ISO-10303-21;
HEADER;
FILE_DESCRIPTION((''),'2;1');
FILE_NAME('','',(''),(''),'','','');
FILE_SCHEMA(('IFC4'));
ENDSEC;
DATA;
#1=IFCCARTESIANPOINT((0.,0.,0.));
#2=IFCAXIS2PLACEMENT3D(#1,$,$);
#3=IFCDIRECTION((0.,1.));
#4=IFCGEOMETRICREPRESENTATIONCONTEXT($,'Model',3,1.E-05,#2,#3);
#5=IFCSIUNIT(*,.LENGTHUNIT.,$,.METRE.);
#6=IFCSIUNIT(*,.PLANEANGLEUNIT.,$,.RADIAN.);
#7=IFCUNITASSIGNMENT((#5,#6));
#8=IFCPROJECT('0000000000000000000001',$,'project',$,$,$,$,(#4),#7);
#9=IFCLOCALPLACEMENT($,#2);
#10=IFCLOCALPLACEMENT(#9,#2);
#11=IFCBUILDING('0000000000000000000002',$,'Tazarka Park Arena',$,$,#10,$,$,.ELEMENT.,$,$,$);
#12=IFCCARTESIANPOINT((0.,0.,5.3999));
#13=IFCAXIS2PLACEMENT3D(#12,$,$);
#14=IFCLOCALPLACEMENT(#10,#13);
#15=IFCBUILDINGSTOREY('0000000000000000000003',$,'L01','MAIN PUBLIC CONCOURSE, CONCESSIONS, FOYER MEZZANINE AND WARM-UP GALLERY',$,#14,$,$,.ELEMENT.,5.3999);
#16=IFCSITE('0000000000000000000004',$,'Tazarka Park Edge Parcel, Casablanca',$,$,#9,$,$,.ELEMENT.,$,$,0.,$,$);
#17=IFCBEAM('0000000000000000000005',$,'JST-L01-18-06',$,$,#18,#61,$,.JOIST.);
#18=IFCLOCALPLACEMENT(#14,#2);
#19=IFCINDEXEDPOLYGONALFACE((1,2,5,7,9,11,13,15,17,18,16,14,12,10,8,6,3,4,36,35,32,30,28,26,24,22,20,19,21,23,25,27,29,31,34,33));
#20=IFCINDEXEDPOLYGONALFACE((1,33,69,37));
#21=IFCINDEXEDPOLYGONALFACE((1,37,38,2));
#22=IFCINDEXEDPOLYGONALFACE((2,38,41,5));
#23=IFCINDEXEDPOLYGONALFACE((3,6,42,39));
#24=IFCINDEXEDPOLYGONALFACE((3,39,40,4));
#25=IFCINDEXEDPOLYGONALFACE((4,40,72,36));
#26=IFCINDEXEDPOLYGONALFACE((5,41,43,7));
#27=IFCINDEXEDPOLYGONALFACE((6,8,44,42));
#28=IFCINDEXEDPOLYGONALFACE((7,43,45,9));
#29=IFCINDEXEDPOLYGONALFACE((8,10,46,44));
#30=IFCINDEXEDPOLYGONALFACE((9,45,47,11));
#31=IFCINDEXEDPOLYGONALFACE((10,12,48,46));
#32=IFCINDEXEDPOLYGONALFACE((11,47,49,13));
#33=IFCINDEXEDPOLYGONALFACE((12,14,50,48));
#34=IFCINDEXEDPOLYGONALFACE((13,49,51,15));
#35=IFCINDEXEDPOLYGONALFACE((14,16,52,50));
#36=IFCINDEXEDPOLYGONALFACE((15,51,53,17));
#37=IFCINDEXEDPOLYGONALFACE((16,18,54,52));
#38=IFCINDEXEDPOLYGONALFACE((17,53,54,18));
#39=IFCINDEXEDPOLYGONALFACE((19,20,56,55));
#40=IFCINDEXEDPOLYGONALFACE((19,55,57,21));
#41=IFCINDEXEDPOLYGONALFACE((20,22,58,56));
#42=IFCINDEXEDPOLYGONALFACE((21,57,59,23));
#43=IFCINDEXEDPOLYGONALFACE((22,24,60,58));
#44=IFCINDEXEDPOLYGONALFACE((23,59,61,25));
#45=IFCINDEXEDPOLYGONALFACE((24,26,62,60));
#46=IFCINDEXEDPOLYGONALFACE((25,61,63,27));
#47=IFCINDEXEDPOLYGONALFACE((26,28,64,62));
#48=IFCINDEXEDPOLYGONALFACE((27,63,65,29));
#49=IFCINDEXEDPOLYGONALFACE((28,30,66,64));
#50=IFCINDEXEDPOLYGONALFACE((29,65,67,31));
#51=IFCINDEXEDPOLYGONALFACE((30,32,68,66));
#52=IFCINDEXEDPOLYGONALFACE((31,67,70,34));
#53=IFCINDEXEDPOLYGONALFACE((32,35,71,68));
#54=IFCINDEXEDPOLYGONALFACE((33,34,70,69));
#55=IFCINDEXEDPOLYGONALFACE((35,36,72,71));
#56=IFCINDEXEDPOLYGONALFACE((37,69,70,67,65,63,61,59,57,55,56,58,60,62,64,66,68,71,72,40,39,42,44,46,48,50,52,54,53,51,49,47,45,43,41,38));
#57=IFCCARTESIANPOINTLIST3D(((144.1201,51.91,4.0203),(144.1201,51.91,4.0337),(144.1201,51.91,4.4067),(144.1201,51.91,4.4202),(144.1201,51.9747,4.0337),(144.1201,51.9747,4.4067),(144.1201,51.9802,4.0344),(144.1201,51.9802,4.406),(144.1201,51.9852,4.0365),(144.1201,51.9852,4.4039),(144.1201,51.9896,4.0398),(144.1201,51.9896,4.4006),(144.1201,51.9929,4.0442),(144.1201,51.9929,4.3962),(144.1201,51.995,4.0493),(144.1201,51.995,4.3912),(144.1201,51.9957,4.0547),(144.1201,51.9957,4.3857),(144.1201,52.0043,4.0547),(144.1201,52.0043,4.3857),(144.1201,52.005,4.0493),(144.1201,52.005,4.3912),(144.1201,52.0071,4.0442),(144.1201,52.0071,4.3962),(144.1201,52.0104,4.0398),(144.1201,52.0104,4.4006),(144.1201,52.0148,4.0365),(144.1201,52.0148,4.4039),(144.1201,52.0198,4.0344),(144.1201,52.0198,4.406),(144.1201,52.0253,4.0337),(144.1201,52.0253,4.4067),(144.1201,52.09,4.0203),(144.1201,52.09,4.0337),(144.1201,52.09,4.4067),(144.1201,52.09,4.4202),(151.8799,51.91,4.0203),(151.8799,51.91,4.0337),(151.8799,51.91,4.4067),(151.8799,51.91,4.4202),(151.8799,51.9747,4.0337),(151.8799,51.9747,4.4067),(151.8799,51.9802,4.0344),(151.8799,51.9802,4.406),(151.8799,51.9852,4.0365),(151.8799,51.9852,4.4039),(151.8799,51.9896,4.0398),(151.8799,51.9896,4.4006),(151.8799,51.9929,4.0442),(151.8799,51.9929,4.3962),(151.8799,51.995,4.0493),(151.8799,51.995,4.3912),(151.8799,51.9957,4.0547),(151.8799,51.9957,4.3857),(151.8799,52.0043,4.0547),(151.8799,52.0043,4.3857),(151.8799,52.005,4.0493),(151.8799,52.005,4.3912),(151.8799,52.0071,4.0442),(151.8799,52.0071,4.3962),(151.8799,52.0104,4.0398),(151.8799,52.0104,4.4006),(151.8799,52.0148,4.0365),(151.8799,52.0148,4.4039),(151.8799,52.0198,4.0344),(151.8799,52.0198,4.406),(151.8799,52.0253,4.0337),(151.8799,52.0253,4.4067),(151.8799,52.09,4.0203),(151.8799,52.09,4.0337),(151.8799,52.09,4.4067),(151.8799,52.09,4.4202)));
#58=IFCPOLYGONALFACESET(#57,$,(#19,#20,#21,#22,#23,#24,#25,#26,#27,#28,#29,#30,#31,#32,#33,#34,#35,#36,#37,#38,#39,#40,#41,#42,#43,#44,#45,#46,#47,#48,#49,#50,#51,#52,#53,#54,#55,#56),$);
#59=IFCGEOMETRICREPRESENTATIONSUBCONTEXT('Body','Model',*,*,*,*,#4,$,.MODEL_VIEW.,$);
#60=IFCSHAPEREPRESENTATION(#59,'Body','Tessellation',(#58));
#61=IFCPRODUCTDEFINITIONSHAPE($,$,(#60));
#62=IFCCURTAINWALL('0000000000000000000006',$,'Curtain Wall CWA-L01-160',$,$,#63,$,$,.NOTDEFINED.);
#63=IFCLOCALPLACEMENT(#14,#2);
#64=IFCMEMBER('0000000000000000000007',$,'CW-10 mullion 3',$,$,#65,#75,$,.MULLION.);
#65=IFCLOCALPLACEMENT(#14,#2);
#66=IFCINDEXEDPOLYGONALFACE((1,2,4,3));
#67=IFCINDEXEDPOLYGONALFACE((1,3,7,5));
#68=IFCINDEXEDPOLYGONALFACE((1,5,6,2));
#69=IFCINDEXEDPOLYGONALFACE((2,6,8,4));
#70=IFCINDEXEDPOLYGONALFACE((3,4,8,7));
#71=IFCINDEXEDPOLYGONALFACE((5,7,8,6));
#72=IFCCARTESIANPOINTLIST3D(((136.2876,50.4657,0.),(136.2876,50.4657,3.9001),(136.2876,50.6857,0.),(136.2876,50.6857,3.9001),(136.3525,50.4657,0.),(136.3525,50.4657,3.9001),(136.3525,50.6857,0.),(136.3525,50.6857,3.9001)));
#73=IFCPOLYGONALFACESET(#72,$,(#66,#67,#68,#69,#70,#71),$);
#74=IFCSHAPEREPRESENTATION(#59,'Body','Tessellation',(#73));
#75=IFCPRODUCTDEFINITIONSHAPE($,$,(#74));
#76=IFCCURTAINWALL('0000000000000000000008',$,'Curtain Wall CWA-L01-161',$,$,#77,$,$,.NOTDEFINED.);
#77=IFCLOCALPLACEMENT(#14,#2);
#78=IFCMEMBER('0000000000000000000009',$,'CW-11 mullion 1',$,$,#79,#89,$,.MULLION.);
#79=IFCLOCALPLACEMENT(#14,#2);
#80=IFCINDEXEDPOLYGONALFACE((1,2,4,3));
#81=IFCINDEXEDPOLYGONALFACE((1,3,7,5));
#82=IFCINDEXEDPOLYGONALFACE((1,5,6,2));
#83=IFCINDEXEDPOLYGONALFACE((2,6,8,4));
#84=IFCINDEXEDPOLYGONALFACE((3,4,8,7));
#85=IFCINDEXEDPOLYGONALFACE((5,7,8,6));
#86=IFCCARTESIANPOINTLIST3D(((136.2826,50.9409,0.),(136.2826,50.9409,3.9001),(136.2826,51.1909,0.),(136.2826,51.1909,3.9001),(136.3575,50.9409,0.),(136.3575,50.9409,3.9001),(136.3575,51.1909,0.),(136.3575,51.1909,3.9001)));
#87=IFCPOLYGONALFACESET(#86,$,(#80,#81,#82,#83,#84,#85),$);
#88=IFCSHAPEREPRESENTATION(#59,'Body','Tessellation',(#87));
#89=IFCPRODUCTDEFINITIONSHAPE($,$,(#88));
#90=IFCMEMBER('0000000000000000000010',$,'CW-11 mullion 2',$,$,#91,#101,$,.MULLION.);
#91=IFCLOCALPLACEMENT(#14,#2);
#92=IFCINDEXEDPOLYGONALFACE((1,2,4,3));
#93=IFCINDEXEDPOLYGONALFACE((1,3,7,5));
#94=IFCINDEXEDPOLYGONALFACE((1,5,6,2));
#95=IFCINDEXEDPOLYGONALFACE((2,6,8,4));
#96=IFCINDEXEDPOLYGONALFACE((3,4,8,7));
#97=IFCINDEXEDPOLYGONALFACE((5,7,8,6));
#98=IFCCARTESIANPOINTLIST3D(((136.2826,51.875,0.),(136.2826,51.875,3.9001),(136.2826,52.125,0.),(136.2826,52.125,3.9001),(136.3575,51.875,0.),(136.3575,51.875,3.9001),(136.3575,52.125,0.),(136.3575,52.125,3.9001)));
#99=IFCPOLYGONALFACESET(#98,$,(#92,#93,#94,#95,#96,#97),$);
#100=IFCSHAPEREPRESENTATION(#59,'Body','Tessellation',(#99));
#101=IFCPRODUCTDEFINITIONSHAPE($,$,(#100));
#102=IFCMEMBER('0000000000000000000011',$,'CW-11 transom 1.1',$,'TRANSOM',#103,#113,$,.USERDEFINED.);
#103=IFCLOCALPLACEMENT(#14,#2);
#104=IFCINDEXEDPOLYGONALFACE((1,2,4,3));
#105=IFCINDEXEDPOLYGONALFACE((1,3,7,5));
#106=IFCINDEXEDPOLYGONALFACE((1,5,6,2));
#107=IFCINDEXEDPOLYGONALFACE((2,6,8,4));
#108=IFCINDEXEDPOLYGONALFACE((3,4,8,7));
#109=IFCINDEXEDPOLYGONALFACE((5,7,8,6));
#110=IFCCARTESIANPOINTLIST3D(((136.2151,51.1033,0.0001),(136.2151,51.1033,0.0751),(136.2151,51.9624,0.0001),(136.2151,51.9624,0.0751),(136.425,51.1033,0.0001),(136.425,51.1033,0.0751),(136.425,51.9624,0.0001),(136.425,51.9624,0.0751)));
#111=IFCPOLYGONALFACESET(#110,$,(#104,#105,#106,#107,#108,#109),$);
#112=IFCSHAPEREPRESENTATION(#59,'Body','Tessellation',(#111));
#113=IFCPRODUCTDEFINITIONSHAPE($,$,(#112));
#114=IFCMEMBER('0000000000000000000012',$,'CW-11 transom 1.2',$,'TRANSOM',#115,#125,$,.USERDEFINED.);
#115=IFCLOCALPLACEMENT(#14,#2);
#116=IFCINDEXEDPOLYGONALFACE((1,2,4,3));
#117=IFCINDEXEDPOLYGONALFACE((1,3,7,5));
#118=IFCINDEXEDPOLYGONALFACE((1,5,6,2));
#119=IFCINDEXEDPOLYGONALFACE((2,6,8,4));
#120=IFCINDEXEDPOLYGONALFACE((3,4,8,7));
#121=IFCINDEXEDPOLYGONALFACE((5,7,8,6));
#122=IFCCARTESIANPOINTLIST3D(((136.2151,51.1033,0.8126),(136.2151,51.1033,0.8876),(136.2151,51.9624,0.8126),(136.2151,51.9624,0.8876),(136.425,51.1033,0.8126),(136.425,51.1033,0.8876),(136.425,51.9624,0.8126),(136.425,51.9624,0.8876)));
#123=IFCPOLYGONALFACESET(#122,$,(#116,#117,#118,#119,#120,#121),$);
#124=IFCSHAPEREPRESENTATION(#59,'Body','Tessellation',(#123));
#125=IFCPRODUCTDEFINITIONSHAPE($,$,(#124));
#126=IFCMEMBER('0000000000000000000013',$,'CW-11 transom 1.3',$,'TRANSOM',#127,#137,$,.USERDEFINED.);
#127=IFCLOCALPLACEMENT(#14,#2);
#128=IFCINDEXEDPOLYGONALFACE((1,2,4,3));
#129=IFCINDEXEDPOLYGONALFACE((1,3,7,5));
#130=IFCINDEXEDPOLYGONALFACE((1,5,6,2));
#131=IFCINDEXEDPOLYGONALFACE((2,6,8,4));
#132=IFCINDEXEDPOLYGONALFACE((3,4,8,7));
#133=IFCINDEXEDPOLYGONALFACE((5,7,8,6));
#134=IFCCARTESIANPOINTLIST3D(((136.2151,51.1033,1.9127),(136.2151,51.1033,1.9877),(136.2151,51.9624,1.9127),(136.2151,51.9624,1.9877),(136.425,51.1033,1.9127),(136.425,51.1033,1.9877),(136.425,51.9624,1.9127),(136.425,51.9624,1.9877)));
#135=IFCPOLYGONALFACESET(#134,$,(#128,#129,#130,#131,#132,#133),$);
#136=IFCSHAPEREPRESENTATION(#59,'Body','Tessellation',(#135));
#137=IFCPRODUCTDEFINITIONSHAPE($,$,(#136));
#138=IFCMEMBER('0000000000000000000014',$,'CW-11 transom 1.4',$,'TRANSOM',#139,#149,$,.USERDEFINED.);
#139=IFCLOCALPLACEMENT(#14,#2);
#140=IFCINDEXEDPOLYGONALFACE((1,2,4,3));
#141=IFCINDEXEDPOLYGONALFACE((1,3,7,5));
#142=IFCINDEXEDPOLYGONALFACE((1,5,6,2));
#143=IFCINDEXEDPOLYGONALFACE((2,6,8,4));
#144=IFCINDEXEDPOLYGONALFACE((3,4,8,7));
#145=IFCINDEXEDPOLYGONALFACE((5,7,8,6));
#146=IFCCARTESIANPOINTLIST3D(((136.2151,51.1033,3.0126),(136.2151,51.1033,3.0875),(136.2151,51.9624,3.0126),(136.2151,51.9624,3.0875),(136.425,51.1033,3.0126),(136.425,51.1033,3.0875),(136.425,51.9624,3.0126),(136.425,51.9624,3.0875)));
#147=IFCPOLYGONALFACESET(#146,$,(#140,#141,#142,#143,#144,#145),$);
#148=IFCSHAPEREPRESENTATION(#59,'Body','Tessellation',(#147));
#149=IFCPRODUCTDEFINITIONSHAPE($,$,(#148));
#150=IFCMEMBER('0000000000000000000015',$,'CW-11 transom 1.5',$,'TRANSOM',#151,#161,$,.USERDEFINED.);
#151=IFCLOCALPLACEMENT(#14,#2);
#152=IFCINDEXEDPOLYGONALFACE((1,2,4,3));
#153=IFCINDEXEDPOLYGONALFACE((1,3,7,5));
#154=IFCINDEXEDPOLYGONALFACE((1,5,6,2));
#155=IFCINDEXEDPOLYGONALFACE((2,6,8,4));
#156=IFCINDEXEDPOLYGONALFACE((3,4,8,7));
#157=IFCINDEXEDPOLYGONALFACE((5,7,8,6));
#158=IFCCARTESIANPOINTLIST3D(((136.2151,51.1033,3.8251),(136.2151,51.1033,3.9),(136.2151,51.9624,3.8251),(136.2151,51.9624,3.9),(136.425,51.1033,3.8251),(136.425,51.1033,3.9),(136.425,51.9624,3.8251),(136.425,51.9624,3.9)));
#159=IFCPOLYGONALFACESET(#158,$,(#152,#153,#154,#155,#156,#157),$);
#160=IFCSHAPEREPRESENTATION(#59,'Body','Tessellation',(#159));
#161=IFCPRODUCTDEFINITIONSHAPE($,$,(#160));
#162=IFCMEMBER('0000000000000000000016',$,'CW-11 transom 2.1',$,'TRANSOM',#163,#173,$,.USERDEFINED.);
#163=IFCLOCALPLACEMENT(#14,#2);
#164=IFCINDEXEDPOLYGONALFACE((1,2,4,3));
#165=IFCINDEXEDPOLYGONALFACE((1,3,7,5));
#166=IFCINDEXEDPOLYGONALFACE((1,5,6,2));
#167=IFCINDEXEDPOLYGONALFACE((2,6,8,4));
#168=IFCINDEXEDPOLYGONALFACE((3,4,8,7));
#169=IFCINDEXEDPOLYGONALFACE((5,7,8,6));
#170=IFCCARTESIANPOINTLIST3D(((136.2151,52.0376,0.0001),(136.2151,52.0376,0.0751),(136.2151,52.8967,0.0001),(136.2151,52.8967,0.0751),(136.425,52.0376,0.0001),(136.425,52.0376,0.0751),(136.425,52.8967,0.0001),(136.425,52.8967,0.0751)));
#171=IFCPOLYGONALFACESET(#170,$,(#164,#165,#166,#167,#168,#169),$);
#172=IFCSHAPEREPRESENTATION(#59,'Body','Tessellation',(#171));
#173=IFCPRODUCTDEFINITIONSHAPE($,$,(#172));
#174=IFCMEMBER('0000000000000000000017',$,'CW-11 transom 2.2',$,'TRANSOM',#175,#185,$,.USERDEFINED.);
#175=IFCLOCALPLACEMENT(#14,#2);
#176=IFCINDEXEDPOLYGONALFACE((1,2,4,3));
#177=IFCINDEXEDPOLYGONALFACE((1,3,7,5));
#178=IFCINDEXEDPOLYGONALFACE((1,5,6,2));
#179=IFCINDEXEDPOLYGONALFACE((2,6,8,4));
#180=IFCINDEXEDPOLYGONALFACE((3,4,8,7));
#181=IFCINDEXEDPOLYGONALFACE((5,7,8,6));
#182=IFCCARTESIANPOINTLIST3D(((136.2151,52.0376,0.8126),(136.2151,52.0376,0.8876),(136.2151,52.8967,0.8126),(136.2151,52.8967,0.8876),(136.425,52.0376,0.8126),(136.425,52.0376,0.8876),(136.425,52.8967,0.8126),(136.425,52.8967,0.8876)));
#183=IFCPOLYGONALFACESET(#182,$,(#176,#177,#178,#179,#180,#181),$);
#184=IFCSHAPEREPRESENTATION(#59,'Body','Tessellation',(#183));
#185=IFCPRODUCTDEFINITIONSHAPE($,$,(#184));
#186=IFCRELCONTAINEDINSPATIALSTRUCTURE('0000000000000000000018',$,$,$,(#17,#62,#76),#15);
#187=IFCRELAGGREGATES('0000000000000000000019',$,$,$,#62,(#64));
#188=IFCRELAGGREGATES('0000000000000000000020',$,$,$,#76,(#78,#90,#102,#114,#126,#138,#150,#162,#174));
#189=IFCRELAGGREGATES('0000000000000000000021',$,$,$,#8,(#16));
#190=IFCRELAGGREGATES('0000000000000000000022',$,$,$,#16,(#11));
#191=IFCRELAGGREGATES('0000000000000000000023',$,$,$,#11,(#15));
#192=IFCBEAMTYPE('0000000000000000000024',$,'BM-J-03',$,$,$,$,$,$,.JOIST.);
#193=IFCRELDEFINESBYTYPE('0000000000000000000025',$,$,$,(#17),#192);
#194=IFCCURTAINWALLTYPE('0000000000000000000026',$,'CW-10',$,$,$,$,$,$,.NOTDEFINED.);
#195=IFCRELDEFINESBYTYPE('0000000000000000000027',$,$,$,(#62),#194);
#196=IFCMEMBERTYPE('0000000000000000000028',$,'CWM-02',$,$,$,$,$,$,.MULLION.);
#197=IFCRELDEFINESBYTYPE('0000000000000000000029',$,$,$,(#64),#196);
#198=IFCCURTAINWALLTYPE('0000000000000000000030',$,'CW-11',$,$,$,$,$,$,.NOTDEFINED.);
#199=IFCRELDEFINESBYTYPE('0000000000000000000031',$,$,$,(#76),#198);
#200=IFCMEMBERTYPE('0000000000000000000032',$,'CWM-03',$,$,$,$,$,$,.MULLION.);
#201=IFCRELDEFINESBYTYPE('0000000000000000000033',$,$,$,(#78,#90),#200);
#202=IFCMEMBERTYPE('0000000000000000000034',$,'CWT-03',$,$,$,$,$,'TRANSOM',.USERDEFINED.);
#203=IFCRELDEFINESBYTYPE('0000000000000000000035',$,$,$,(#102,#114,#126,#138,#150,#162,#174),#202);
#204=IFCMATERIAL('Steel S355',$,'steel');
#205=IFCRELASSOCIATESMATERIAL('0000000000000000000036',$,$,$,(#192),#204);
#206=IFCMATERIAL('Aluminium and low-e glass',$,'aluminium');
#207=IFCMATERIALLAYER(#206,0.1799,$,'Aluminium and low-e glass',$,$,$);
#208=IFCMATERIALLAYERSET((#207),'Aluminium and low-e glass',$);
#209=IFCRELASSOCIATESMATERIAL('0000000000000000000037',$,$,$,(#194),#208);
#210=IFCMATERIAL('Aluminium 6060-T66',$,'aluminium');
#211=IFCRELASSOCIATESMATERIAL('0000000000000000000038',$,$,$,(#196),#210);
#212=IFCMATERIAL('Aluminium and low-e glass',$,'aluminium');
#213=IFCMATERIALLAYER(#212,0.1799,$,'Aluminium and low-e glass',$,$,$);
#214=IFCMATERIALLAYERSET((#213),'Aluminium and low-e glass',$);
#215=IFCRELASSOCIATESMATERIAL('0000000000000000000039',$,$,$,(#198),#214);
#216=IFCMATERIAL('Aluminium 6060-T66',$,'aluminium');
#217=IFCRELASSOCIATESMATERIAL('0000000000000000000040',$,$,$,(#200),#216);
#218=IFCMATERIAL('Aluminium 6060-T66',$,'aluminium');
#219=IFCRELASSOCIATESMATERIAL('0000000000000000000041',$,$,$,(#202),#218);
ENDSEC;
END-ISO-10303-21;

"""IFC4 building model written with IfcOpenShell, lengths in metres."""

from ifc_helpers import new_model, si_unit, direction, frame, origin, origin_2d, place, context, subcontext, project, spatial, rectangle, i_section, extrude, material, layer, layer_set, material_profile, profile_set, type_object, element, aggregate, save


model = new_model("IFC4")

# Units and contexts
model_context = context("Model", 3, precision=1e-05, world=origin(), true_north=direction((0.0, 1.0)))
body_context = subcontext(model_context, "Body", "Model", "MODEL_VIEW")
ifc_project = project(units=[si_unit("LENGTHUNIT", "METRE"), si_unit("PLANEANGLEUNIT", "RADIAN")], contexts=[model_context])

# Site, building, storey
site_placement = place(None, origin())
site = spatial("IfcSite", under=ifc_project, at=site_placement, Name="Tazarka Park Edge Parcel, Casablanca", CompositionType="ELEMENT", RefElevation=0.0)
building_placement = place(site_placement, origin())
building = spatial("IfcBuilding", under=site, at=building_placement, Name="Tazarka Park Arena", CompositionType="ELEMENT")
storey_placement = place(building_placement, frame((0.0, 0.0, 5.3999)))
storey = spatial("IfcBuildingStorey", under=building, at=storey_placement, Name="L01", Description="MAIN PUBLIC CONCOURSE, CONCESSIONS, FOYER MEZZANINE AND WARM-UP GALLERY", CompositionType="ELEMENT", Elevation=5.3999)

# Beam
ifc_material_1 = material(Name="Steel S355", Category="steel")
ifc_material_profile_1 = material_profile(ifc_material_1, i_section(OverallWidth=0.1799, OverallDepth=0.3999, WebThickness=0.0085, FlangeThickness=0.0134, FilletRadius=0.021, at=origin_2d()), Name="Steel S355")
ifc_profile_set_1 = profile_set([ifc_material_profile_1], Name="Steel S355")
beam_type = type_object("IfcBeamType", Name="BM-J-03", PredefinedType="JOIST", material=ifc_profile_set_1)
beam_placement = place(storey_placement, frame((144.1201, 52.0, 4.2202), z_axis=(1.0, 0.0, 0.0), x_axis=(0.0, 1.0, 0.0)))
element("IfcBeam", 1, at=beam_placement, inside=storey, type_object=beam_type, Name="JST-L01-18-06", PredefinedType="JOIST", context=body_context, shape_type="SweptSolid", body=[
    extrude(i_section(OverallWidth=0.1799, OverallDepth=0.3999, WebThickness=0.0085, FlangeThickness=0.0134, FilletRadius=0.021, at=origin_2d()), origin(), (0.0, 0.0, 1.0), 7.7598),
])

# Curtain wall, member
ifc_material_2 = material(Name="Aluminium and low-e glass", Category="aluminium")
ifc_layer_1 = layer(ifc_material_2, 0.1799, Name="Aluminium and low-e glass")
ifc_layer_set_1 = layer_set([ifc_layer_1], Name="Aluminium and low-e glass")
curtain_wall_type_1 = type_object("IfcCurtainWallType", Name="CW-10", PredefinedType="NOTDEFINED", material=ifc_layer_set_1)
curtain_wall_1_placement = place(storey_placement, origin())
curtain_wall_1 = element("IfcCurtainWall", 2, at=curtain_wall_1_placement, inside=storey, type_object=curtain_wall_type_1, Name="Curtain Wall CWA-L01-160", PredefinedType="NOTDEFINED")
ifc_material_3 = material(Name="Aluminium 6060-T66", Category="aluminium")
ifc_material_profile_2 = material_profile(ifc_material_3, rectangle(XDim=0.0649, YDim=0.22, at=origin_2d()), Name="Aluminium 6060-T66")
ifc_profile_set_2 = profile_set([ifc_material_profile_2], Name="Aluminium 6060-T66")
member_type_1 = type_object("IfcMemberType", Name="CWM-02", PredefinedType="MULLION", material=ifc_profile_set_2)
member_1_placement = place(storey_placement, frame((136.3201, 50.5757, 0.0), z_axis=(0.0, 0.0, 1.0), x_axis=(-1.0, 0.0, 0.0)))
member_1 = element("IfcMember", 3, at=member_1_placement, type_object=member_type_1, Name="CW-10 mullion 3", PredefinedType="MULLION", context=body_context, shape_type="SweptSolid", body=[
    extrude(rectangle(XDim=0.0649, YDim=0.22, at=origin_2d()), origin(), (0.0, 0.0, 1.0), 3.9001),
])

# Curtain wall, members
ifc_material_4 = material(Name="Aluminium and low-e glass", Category="aluminium")
ifc_layer_2 = layer(ifc_material_4, 0.1799, Name="Aluminium and low-e glass")
ifc_layer_set_2 = layer_set([ifc_layer_2], Name="Aluminium and low-e glass")
curtain_wall_type_2 = type_object("IfcCurtainWallType", Name="CW-11", PredefinedType="NOTDEFINED", material=ifc_layer_set_2)
curtain_wall_2_placement = place(storey_placement, origin())
curtain_wall_2 = element("IfcCurtainWall", 4, at=curtain_wall_2_placement, inside=storey, type_object=curtain_wall_type_2, Name="Curtain Wall CWA-L01-161", PredefinedType="NOTDEFINED")
ifc_material_5 = material(Name="Aluminium 6060-T66", Category="aluminium")
ifc_material_profile_3 = material_profile(ifc_material_5, rectangle(XDim=0.075, YDim=0.25, at=origin_2d()), Name="Aluminium 6060-T66")
ifc_profile_set_3 = profile_set([ifc_material_profile_3], Name="Aluminium 6060-T66")
member_type_2 = type_object("IfcMemberType", Name="CWM-03", PredefinedType="MULLION", material=ifc_profile_set_3)
member_2_placement = place(storey_placement, frame((136.3201, 51.0659, 0.0), z_axis=(0.0, 0.0, 1.0), x_axis=(-1.0, 0.0, 0.0)))
member_2 = element("IfcMember", 5, at=member_2_placement, type_object=member_type_2, Name="CW-11 mullion 1", PredefinedType="MULLION", context=body_context, shape_type="SweptSolid", body=[
    extrude(rectangle(XDim=0.075, YDim=0.25, at=origin_2d()), origin(), (0.0, 0.0, 1.0), 3.9001),
])
member_3_placement = place(storey_placement, frame((136.3201, 52.0, 0.0), z_axis=(0.0, 0.0, 1.0), x_axis=(-1.0, 0.0, 0.0)))
member_3 = element("IfcMember", 6, at=member_3_placement, type_object=member_type_2, Name="CW-11 mullion 2", PredefinedType="MULLION", context=body_context, shape_type="SweptSolid", body=[
    extrude(rectangle(XDim=0.075, YDim=0.25, at=origin_2d()), origin(), (0.0, 0.0, 1.0), 3.9001),
])
ifc_material_6 = material(Name="Aluminium 6060-T66", Category="aluminium")
ifc_material_profile_4 = material_profile(ifc_material_6, rectangle(XDim=0.21, YDim=0.075, at=origin_2d()), Name="Aluminium 6060-T66")
ifc_profile_set_4 = profile_set([ifc_material_profile_4], Name="Aluminium 6060-T66")
member_type_3 = type_object("IfcMemberType", Name="CWT-03", ElementType="TRANSOM", PredefinedType="USERDEFINED", material=ifc_profile_set_4)
member_4_placement = place(storey_placement, frame((136.3201, 51.1033, 0.0376), z_axis=(0.0, 1.0, 0.0), x_axis=(-1.0, 0.0, 0.0)))
member_4 = element("IfcMember", 7, at=member_4_placement, type_object=member_type_3, Name="CW-11 transom 1.1", ObjectType="TRANSOM", PredefinedType="USERDEFINED", context=body_context, shape_type="SweptSolid", body=[
    extrude(rectangle(XDim=0.21, YDim=0.075, at=origin_2d()), origin(), (0.0, 0.0, 1.0), 0.8591),
])
member_5_placement = place(storey_placement, frame((136.3201, 51.1033, 0.8501), z_axis=(0.0, 1.0, 0.0), x_axis=(-1.0, 0.0, 0.0)))
member_5 = element("IfcMember", 8, at=member_5_placement, type_object=member_type_3, Name="CW-11 transom 1.2", ObjectType="TRANSOM", PredefinedType="USERDEFINED", context=body_context, shape_type="SweptSolid", body=[
    extrude(rectangle(XDim=0.21, YDim=0.075, at=origin_2d()), origin(), (0.0, 0.0, 1.0), 0.8591),
])
member_6_placement = place(storey_placement, frame((136.3201, 51.1033, 1.9502), z_axis=(0.0, 1.0, 0.0), x_axis=(-1.0, 0.0, 0.0)))
member_6 = element("IfcMember", 9, at=member_6_placement, type_object=member_type_3, Name="CW-11 transom 1.3", ObjectType="TRANSOM", PredefinedType="USERDEFINED", context=body_context, shape_type="SweptSolid", body=[
    extrude(rectangle(XDim=0.21, YDim=0.075, at=origin_2d()), origin(), (0.0, 0.0, 1.0), 0.8591),
])
member_7_placement = place(storey_placement, frame((136.3201, 51.1033, 3.05), z_axis=(0.0, 1.0, 0.0), x_axis=(-1.0, 0.0, 0.0)))
member_7 = element("IfcMember", 10, at=member_7_placement, type_object=member_type_3, Name="CW-11 transom 1.4", ObjectType="TRANSOM", PredefinedType="USERDEFINED", context=body_context, shape_type="SweptSolid", body=[
    extrude(rectangle(XDim=0.21, YDim=0.075, at=origin_2d()), origin(), (0.0, 0.0, 1.0), 0.8591),
])
member_8_placement = place(storey_placement, frame((136.3201, 51.1033, 3.8625), z_axis=(0.0, 1.0, 0.0), x_axis=(-1.0, 0.0, 0.0)))
member_8 = element("IfcMember", 11, at=member_8_placement, type_object=member_type_3, Name="CW-11 transom 1.5", ObjectType="TRANSOM", PredefinedType="USERDEFINED", context=body_context, shape_type="SweptSolid", body=[
    extrude(rectangle(XDim=0.21, YDim=0.075, at=origin_2d()), origin(), (0.0, 0.0, 1.0), 0.8591),
])
member_9_placement = place(storey_placement, frame((136.3201, 52.0376, 0.0376), z_axis=(0.0, 1.0, 0.0), x_axis=(-1.0, 0.0, 0.0)))
member_9 = element("IfcMember", 12, at=member_9_placement, type_object=member_type_3, Name="CW-11 transom 2.1", ObjectType="TRANSOM", PredefinedType="USERDEFINED", context=body_context, shape_type="SweptSolid", body=[
    extrude(rectangle(XDim=0.21, YDim=0.075, at=origin_2d()), origin(), (0.0, 0.0, 1.0), 0.8591),
])
member_10_placement = place(storey_placement, frame((136.3201, 52.0376, 0.8501), z_axis=(0.0, 1.0, 0.0), x_axis=(-1.0, 0.0, 0.0)))
member_10 = element("IfcMember", 13, at=member_10_placement, type_object=member_type_3, Name="CW-11 transom 2.2", ObjectType="TRANSOM", PredefinedType="USERDEFINED", context=body_context, shape_type="SweptSolid", body=[
    extrude(rectangle(XDim=0.21, YDim=0.075, at=origin_2d()), origin(), (0.0, 0.0, 1.0), 0.8591),
])

aggregate(curtain_wall_1, [member_1])
aggregate(curtain_wall_2, [member_2, member_3, member_4, member_5, member_6, member_7, member_8, member_9, member_10])

save(model, "model.ifc")
